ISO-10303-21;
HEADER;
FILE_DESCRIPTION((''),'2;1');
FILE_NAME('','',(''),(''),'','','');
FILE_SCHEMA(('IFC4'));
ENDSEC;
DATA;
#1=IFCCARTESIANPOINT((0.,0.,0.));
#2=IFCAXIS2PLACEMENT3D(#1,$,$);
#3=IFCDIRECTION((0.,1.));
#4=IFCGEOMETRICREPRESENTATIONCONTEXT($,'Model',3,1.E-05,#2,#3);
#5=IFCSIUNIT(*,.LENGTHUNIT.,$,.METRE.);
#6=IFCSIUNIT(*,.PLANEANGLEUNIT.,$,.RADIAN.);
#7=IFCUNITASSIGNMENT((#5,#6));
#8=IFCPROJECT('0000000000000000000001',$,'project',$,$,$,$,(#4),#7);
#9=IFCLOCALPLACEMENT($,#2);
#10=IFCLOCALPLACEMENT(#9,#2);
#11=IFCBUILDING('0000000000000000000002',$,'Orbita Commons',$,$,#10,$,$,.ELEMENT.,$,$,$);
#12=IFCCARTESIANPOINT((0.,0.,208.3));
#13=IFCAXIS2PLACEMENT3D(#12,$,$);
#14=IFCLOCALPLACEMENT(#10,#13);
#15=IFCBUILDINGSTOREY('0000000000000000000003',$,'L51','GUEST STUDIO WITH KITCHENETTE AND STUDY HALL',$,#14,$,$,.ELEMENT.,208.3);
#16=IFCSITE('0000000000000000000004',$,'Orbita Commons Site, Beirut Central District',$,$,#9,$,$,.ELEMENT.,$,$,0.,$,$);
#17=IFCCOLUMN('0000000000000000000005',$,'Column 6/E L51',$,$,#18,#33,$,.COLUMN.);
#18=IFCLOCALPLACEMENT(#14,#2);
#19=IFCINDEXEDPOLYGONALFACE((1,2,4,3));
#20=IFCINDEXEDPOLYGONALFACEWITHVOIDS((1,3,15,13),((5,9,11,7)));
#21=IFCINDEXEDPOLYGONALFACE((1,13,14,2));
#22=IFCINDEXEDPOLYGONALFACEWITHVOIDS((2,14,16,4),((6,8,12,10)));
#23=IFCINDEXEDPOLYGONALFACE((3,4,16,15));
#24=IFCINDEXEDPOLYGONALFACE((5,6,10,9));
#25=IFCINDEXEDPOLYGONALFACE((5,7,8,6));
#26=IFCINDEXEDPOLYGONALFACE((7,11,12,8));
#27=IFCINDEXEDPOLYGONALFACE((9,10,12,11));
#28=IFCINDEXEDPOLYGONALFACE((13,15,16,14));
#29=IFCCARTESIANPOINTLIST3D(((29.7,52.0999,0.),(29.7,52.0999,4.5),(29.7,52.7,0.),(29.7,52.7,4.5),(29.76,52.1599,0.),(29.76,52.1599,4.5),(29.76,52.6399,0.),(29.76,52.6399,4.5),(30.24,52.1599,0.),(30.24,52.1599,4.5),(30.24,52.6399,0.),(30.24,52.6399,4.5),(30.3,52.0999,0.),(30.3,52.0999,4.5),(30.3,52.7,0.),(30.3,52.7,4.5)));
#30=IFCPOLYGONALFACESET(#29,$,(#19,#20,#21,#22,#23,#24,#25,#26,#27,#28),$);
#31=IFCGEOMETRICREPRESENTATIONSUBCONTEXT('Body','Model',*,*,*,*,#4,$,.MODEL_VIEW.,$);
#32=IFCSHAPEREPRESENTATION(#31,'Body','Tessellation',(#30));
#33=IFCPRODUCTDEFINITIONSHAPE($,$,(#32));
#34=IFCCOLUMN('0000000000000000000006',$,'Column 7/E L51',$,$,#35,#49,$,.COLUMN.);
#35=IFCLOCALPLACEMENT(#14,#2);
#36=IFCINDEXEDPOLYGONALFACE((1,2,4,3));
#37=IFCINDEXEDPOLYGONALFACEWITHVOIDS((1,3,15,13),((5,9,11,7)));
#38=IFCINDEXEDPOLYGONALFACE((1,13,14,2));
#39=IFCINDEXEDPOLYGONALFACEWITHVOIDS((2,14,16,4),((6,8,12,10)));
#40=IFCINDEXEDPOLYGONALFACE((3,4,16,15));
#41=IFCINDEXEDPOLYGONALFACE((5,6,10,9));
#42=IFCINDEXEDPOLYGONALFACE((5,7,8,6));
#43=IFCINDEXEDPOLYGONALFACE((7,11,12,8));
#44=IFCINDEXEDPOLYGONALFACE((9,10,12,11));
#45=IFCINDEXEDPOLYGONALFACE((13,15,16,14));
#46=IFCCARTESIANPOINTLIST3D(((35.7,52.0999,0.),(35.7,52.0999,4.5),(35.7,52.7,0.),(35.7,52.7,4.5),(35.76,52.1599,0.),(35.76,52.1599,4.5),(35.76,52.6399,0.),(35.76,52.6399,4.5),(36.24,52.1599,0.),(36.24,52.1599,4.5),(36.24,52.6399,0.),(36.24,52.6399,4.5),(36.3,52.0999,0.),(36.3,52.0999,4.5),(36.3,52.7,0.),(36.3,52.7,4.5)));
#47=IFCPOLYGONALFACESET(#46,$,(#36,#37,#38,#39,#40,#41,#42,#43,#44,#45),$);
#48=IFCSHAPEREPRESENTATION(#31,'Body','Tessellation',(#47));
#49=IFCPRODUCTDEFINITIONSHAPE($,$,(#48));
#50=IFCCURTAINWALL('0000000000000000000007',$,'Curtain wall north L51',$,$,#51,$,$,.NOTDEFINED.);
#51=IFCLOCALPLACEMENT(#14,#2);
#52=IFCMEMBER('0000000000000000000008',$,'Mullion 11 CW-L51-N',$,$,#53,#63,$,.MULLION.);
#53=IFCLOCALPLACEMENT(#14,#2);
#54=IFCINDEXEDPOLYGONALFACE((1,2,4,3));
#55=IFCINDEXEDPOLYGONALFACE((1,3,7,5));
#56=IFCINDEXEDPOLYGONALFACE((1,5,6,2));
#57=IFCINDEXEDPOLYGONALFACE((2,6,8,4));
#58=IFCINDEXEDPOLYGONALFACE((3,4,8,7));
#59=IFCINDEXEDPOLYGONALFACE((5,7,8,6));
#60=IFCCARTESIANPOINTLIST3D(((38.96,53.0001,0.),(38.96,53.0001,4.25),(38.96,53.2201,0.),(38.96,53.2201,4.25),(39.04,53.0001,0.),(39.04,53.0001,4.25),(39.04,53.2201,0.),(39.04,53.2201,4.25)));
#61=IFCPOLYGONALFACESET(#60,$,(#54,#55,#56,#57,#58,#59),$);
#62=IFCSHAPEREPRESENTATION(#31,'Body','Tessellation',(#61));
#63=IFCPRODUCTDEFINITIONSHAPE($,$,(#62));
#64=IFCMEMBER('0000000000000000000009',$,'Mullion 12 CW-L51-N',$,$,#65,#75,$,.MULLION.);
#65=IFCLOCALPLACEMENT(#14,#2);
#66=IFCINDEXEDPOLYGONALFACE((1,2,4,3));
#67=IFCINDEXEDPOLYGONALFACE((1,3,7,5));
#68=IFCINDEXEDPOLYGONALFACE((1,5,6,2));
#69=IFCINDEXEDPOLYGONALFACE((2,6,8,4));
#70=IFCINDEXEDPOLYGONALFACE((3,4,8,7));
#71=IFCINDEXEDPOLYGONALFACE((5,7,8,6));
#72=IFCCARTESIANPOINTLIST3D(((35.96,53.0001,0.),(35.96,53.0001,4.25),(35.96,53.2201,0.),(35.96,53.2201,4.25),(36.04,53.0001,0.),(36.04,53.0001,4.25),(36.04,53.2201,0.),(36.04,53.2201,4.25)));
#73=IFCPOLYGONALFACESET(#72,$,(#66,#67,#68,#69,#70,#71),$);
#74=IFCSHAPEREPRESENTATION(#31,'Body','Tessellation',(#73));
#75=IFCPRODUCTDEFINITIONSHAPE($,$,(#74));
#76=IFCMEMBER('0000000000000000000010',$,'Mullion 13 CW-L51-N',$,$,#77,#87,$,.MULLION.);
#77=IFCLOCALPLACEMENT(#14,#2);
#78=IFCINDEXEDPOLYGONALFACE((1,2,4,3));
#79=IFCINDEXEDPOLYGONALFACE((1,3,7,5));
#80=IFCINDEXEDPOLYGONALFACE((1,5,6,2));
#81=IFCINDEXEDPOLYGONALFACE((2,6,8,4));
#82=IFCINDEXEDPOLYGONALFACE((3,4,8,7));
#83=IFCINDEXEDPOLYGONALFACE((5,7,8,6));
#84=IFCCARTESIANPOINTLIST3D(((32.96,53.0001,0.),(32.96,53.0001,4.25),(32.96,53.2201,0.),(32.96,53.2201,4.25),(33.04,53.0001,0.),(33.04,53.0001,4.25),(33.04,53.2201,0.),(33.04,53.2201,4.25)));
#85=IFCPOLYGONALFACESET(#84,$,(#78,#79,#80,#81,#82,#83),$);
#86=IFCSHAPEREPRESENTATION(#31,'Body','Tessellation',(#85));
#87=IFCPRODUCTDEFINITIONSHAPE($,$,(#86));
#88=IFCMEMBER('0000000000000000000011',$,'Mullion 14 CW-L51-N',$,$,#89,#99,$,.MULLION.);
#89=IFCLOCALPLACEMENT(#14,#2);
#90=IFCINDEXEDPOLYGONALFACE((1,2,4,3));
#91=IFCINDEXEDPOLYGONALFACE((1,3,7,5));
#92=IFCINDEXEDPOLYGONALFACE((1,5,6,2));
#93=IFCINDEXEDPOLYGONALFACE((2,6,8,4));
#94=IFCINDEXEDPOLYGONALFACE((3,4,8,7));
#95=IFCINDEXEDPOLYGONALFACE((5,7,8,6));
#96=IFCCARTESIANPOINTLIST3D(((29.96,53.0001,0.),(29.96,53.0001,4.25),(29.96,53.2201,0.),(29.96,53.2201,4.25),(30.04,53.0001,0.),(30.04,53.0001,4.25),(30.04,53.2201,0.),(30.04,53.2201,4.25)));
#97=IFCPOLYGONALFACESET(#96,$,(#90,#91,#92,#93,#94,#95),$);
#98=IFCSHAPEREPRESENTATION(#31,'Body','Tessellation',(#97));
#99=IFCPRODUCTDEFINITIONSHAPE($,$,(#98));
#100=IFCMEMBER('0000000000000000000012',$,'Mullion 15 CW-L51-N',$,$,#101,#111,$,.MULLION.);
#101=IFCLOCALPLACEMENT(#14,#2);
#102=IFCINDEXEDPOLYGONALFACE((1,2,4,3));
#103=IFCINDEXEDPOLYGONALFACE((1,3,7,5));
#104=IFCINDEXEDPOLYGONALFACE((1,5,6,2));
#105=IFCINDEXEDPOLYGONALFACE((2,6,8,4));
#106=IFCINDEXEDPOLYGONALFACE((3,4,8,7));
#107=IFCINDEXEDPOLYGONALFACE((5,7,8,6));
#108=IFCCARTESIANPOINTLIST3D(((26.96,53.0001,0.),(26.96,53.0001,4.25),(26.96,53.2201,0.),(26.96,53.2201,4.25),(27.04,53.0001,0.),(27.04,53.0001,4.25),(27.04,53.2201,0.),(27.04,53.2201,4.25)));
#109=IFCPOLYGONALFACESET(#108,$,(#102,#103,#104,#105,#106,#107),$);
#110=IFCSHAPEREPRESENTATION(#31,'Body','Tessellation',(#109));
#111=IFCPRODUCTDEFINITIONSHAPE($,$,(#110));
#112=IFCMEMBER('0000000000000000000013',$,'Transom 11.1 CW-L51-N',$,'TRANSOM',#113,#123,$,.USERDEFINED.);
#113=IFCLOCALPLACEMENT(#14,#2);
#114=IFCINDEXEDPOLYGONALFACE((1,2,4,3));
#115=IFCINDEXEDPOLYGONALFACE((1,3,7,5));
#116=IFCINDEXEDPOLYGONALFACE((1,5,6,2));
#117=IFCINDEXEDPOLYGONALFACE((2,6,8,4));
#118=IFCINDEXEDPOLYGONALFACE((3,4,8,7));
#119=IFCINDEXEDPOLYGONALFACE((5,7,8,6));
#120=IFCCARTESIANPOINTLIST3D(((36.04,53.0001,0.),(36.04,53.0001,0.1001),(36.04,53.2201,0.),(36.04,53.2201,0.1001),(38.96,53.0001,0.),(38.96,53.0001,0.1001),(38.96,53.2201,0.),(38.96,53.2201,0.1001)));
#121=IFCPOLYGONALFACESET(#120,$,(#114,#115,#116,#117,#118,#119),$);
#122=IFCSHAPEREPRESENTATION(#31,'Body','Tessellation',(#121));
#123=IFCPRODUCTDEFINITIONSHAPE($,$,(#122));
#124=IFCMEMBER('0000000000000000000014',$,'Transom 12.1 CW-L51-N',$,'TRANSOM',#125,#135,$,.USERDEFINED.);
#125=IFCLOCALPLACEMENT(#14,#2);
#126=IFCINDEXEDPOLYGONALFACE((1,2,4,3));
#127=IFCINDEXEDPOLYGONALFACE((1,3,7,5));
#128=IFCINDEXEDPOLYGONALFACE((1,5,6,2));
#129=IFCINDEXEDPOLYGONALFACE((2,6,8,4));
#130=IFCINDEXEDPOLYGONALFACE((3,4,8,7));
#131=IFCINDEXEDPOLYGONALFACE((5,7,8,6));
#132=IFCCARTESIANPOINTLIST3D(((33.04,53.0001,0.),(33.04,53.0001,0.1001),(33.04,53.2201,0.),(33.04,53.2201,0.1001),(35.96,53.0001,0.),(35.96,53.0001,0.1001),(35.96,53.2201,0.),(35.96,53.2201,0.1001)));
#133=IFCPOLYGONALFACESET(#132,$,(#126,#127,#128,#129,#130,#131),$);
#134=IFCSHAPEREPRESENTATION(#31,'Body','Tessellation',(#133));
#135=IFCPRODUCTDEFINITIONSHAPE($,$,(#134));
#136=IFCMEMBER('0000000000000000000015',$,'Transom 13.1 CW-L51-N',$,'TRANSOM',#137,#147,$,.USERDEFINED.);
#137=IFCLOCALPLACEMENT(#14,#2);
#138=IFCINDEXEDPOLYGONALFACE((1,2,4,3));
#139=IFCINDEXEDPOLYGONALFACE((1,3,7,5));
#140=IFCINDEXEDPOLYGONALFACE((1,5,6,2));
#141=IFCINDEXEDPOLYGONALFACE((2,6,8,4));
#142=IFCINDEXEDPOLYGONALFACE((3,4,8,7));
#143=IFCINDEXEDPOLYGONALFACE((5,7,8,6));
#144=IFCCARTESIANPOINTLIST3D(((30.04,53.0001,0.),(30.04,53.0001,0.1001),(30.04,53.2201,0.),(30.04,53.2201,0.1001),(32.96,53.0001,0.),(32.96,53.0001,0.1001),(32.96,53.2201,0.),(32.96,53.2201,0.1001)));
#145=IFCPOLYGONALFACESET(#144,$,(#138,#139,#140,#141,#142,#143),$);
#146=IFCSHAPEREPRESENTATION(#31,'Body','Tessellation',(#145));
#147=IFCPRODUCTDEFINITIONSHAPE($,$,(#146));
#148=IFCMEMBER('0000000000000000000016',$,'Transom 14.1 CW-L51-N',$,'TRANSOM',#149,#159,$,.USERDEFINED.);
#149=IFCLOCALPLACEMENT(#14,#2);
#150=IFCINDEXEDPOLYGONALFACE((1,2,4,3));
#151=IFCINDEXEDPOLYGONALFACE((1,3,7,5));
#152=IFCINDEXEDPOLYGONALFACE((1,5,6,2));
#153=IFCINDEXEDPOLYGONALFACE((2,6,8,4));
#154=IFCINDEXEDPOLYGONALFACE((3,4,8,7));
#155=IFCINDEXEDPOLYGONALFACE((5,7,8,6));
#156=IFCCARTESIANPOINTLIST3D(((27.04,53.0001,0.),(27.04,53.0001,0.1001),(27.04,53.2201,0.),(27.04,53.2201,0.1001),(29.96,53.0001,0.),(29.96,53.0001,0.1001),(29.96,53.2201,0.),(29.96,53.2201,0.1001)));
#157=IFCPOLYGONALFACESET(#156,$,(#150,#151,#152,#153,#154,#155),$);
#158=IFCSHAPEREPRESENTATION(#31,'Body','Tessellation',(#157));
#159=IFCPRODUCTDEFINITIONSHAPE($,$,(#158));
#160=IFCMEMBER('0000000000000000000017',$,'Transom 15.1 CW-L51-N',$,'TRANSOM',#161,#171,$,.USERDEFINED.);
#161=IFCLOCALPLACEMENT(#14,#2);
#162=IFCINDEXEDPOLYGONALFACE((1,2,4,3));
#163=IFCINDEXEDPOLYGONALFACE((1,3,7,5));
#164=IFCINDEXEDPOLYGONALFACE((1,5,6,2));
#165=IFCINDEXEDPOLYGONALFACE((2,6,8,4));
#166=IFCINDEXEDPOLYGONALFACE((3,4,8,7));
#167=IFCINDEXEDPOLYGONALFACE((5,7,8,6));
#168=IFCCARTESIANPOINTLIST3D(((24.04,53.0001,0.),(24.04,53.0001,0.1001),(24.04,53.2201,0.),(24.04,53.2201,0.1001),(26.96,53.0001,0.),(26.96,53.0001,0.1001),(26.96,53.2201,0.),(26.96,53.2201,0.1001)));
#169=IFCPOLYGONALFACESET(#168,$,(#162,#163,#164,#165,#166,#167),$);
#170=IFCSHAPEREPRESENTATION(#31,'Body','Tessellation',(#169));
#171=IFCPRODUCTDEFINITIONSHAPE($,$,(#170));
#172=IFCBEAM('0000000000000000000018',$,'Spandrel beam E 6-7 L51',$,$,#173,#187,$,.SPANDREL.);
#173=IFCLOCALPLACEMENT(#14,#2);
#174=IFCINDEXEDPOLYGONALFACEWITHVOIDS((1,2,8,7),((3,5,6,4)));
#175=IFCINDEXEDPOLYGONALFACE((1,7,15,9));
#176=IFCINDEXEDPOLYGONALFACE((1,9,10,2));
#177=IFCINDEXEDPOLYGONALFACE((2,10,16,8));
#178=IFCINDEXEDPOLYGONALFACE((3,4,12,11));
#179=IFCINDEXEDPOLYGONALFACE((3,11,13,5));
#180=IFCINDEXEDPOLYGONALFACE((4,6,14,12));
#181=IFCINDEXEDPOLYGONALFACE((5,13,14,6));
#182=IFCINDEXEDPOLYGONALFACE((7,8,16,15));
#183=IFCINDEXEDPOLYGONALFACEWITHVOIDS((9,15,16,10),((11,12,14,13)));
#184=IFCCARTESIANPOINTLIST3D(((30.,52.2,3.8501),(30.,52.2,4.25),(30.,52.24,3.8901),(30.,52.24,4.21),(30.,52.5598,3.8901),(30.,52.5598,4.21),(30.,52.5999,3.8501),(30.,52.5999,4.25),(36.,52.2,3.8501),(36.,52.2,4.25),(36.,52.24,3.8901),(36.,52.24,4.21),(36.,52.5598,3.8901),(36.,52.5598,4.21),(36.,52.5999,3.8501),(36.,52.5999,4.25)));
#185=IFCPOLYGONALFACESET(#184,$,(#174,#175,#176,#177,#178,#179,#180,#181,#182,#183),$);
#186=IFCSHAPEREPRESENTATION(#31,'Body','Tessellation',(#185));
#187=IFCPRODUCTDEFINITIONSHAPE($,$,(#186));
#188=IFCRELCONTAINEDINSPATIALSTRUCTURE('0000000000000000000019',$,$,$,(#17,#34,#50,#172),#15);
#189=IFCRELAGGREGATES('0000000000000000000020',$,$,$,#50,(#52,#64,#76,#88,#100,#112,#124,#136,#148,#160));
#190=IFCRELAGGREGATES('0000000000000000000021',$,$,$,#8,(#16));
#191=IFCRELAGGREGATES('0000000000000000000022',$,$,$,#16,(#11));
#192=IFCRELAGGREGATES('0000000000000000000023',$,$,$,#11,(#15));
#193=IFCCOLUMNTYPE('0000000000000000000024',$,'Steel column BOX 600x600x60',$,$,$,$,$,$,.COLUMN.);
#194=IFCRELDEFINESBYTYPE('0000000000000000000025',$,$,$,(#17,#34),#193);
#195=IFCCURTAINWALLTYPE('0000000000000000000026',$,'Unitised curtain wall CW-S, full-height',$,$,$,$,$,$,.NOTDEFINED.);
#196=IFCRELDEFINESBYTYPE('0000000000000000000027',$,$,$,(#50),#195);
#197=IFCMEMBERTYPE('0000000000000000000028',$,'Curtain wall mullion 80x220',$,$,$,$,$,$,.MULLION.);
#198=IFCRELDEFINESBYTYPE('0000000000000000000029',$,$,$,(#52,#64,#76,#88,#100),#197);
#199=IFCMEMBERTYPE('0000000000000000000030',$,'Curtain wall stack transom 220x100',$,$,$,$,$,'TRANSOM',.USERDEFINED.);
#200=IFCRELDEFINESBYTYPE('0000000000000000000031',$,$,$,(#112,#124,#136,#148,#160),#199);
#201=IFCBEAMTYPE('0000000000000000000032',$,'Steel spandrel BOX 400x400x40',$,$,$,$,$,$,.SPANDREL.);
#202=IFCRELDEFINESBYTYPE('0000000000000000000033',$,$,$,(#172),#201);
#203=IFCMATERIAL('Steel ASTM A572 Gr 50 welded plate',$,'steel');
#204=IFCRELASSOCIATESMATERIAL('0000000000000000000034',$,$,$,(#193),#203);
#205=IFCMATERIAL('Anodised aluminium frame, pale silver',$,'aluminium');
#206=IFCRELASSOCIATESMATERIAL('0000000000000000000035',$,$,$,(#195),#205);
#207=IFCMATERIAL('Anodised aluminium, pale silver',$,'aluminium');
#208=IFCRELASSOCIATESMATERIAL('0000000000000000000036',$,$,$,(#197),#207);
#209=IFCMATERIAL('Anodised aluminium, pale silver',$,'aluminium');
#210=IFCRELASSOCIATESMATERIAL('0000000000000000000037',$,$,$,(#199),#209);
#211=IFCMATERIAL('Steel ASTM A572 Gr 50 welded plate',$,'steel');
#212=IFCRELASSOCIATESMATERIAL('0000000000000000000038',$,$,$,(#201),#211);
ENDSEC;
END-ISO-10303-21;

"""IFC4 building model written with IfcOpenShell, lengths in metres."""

from ifc_helpers import new_model, si_unit, direction, frame, origin, origin_2d, place, context, subcontext, project, spatial, rectangle, hollow_rectangle, extrude, material, material_profile, profile_set, type_object, element, aggregate, save


model = new_model("IFC4")

# Units and contexts
model_context = context("Model", 3, precision=1e-05, world=origin(), true_north=direction((0.0, 1.0)))
body_context = subcontext(model_context, "Body", "Model", "MODEL_VIEW")
ifc_project = project(units=[si_unit("LENGTHUNIT", "METRE"), si_unit("PLANEANGLEUNIT", "RADIAN")], contexts=[model_context])

# Site, building, storey
site_placement = place(None, origin())
site = spatial("IfcSite", under=ifc_project, at=site_placement, Name="Orbita Commons Site, Beirut Central District", CompositionType="ELEMENT", RefElevation=0.0)
building_placement = place(site_placement, origin())
building = spatial("IfcBuilding", under=site, at=building_placement, Name="Orbita Commons", CompositionType="ELEMENT")
storey_placement = place(building_placement, frame((0.0, 0.0, 208.3)))
storey = spatial("IfcBuildingStorey", under=building, at=storey_placement, Name="L51", Description="GUEST STUDIO WITH KITCHENETTE AND STUDY HALL", CompositionType="ELEMENT", Elevation=208.3)

# Columns
ifc_material_1 = material(Name="Steel ASTM A572 Gr 50 welded plate", Category="steel")
ifc_material_profile_1 = material_profile(ifc_material_1, hollow_rectangle(XDim=0.6001, YDim=0.6001, WallThickness=0.0601, at=origin_2d()), Name="BOX 600x600x60")
ifc_profile_set_1 = profile_set([ifc_material_profile_1], Name="Steel ASTM A572 Gr 50 welded plate")
column_type = type_object("IfcColumnType", Name="Steel column BOX 600x600x60", PredefinedType="COLUMN", material=ifc_profile_set_1)
for number, where, z_axis, x_axis, name in (
    (1, (30.0, 52.3999, 0.0), (0.0, 0.0, 1.0), (1.0, 0.0, 0.0), "Column 6/E L51"),
    (2, (36.0, 52.3999, 0.0), (0.0, 0.0, 1.0), (1.0, 0.0, 0.0), "Column 7/E L51"),
):
    element("IfcColumn", number, at=place(storey_placement, frame(where, z_axis=z_axis, x_axis=x_axis)), inside=storey, type_object=column_type, Name=name, PredefinedType="COLUMN", context=body_context, shape_type="SweptSolid", body=[
        extrude(hollow_rectangle(XDim=0.6001, YDim=0.6001, WallThickness=0.0601, at=origin_2d()), origin(), (0.0, 0.0, 1.0), 4.5),
    ])

# Curtain wall, members
ifc_material_2 = material(Name="Anodised aluminium frame, pale silver", Category="aluminium")
curtain_wall_type = type_object("IfcCurtainWallType", Name="Unitised curtain wall CW-S, full-height", PredefinedType="NOTDEFINED", material=ifc_material_2)
curtain_wall_placement = place(storey_placement, origin())
curtain_wall = element("IfcCurtainWall", 3, at=curtain_wall_placement, inside=storey, type_object=curtain_wall_type, Name="Curtain wall north L51", PredefinedType="NOTDEFINED")
ifc_material_3 = material(Name="Anodised aluminium, pale silver", Category="aluminium")
ifc_material_profile_2 = material_profile(ifc_material_3, rectangle(XDim=0.0801, YDim=0.22, at=origin_2d()), Name="AL 80x220")
ifc_profile_set_2 = profile_set([ifc_material_profile_2], Name="Anodised aluminium, pale silver")
member_type_1 = type_object("IfcMemberType", Name="Curtain wall mullion 80x220", PredefinedType="MULLION", material=ifc_profile_set_2)
member_1_placement = place(storey_placement, frame((39.0, 53.1101, 0.0), z_axis=(0.0, 0.0, 1.0), x_axis=(-1.0, 0.0, 0.0)))
member_1 = element("IfcMember", 4, at=member_1_placement, type_object=member_type_1, Name="Mullion 11 CW-L51-N", PredefinedType="MULLION", context=body_context, shape_type="SweptSolid", body=[
    extrude(rectangle(XDim=0.0801, YDim=0.22, at=origin_2d()), origin(), (0.0, 0.0, 1.0), 4.25),
])
member_2_placement = place(storey_placement, frame((36.0, 53.1101, 0.0), z_axis=(0.0, 0.0, 1.0), x_axis=(-1.0, 0.0, 0.0)))
member_2 = element("IfcMember", 5, at=member_2_placement, type_object=member_type_1, Name="Mullion 12 CW-L51-N", PredefinedType="MULLION", context=body_context, shape_type="SweptSolid", body=[
    extrude(rectangle(XDim=0.0801, YDim=0.22, at=origin_2d()), origin(), (0.0, 0.0, 1.0), 4.25),
])
member_3_placement = place(storey_placement, frame((33.0, 53.1101, 0.0), z_axis=(0.0, 0.0, 1.0), x_axis=(-1.0, 0.0, 0.0)))
member_3 = element("IfcMember", 6, at=member_3_placement, type_object=member_type_1, Name="Mullion 13 CW-L51-N", PredefinedType="MULLION", context=body_context, shape_type="SweptSolid", body=[
    extrude(rectangle(XDim=0.0801, YDim=0.22, at=origin_2d()), origin(), (0.0, 0.0, 1.0), 4.25),
])
member_4_placement = place(storey_placement, frame((30.0, 53.1101, 0.0), z_axis=(0.0, 0.0, 1.0), x_axis=(-1.0, 0.0, 0.0)))
member_4 = element("IfcMember", 7, at=member_4_placement, type_object=member_type_1, Name="Mullion 14 CW-L51-N", PredefinedType="MULLION", context=body_context, shape_type="SweptSolid", body=[
    extrude(rectangle(XDim=0.0801, YDim=0.22, at=origin_2d()), origin(), (0.0, 0.0, 1.0), 4.25),
])
member_5_placement = place(storey_placement, frame((27.0, 53.1101, 0.0), z_axis=(0.0, 0.0, 1.0), x_axis=(-1.0, 0.0, 0.0)))
member_5 = element("IfcMember", 8, at=member_5_placement, type_object=member_type_1, Name="Mullion 15 CW-L51-N", PredefinedType="MULLION", context=body_context, shape_type="SweptSolid", body=[
    extrude(rectangle(XDim=0.0801, YDim=0.22, at=origin_2d()), origin(), (0.0, 0.0, 1.0), 4.25),
])
ifc_material_4 = material(Name="Anodised aluminium, pale silver", Category="aluminium")
ifc_material_profile_3 = material_profile(ifc_material_4, rectangle(XDim=0.22, YDim=0.1001, at=origin_2d()), Name="AL 220x100")
ifc_profile_set_3 = profile_set([ifc_material_profile_3], Name="Anodised aluminium, pale silver")
member_type_2 = type_object("IfcMemberType", Name="Curtain wall stack transom 220x100", ElementType="TRANSOM", PredefinedType="USERDEFINED", material=ifc_profile_set_3)
member_6_placement = place(storey_placement, frame((38.96, 53.1101, 0.05), z_axis=(-1.0, 0.0, 0.0), x_axis=(0.0, -1.0, 0.0)))
member_6 = element("IfcMember", 9, at=member_6_placement, type_object=member_type_2, Name="Transom 11.1 CW-L51-N", ObjectType="TRANSOM", PredefinedType="USERDEFINED", context=body_context, shape_type="SweptSolid", body=[
    extrude(rectangle(XDim=0.22, YDim=0.1001, at=origin_2d()), origin(), (0.0, 0.0, 1.0), 2.9199),
])
member_7_placement = place(storey_placement, frame((35.96, 53.1101, 0.05), z_axis=(-1.0, 0.0, 0.0), x_axis=(0.0, -1.0, 0.0)))
member_7 = element("IfcMember", 10, at=member_7_placement, type_object=member_type_2, Name="Transom 12.1 CW-L51-N", ObjectType="TRANSOM", PredefinedType="USERDEFINED", context=body_context, shape_type="SweptSolid", body=[
    extrude(rectangle(XDim=0.22, YDim=0.1001, at=origin_2d()), origin(), (0.0, 0.0, 1.0), 2.9199),
])
member_8_placement = place(storey_placement, frame((32.96, 53.1101, 0.05), z_axis=(-1.0, 0.0, 0.0), x_axis=(0.0, -1.0, 0.0)))
member_8 = element("IfcMember", 11, at=member_8_placement, type_object=member_type_2, Name="Transom 13.1 CW-L51-N", ObjectType="TRANSOM", PredefinedType="USERDEFINED", context=body_context, shape_type="SweptSolid", body=[
    extrude(rectangle(XDim=0.22, YDim=0.1001, at=origin_2d()), origin(), (0.0, 0.0, 1.0), 2.9199),
])
member_9_placement = place(storey_placement, frame((29.96, 53.1101, 0.05), z_axis=(-1.0, 0.0, 0.0), x_axis=(0.0, -1.0, 0.0)))
member_9 = element("IfcMember", 12, at=member_9_placement, type_object=member_type_2, Name="Transom 14.1 CW-L51-N", ObjectType="TRANSOM", PredefinedType="USERDEFINED", context=body_context, shape_type="SweptSolid", body=[
    extrude(rectangle(XDim=0.22, YDim=0.1001, at=origin_2d()), origin(), (0.0, 0.0, 1.0), 2.9199),
])
member_10_placement = place(storey_placement, frame((26.96, 53.1101, 0.05), z_axis=(-1.0, 0.0, 0.0), x_axis=(0.0, -1.0, 0.0)))
member_10 = element("IfcMember", 13, at=member_10_placement, type_object=member_type_2, Name="Transom 15.1 CW-L51-N", ObjectType="TRANSOM", PredefinedType="USERDEFINED", context=body_context, shape_type="SweptSolid", body=[
    extrude(rectangle(XDim=0.22, YDim=0.1001, at=origin_2d()), origin(), (0.0, 0.0, 1.0), 2.9199),
])

# Beam
ifc_material_5 = material(Name="Steel ASTM A572 Gr 50 welded plate", Category="steel")
ifc_material_profile_4 = material_profile(ifc_material_5, hollow_rectangle(XDim=0.3999, YDim=0.3999, WallThickness=0.04, at=origin_2d()), Name="BOX 400x400x40")
ifc_profile_set_4 = profile_set([ifc_material_profile_4], Name="Steel ASTM A572 Gr 50 welded plate")
beam_type = type_object("IfcBeamType", Name="Steel spandrel BOX 400x400x40", PredefinedType="SPANDREL", material=ifc_profile_set_4)
for number, where, z_axis, x_axis, name in (
    (14, (30.0, 52.3999, 4.05), (1.0, 0.0, 0.0), (0.0, 1.0, 0.0), "Spandrel beam E 6-7 L51"),
):
    element("IfcBeam", number, at=place(storey_placement, frame(where, z_axis=z_axis, x_axis=x_axis)), inside=storey, type_object=beam_type, Name=name, PredefinedType="SPANDREL", context=body_context, shape_type="SweptSolid", body=[
        extrude(hollow_rectangle(XDim=0.3999, YDim=0.3999, WallThickness=0.04, at=origin_2d()), origin(), (0.0, 0.0, 1.0), 6.0),
    ])

aggregate(curtain_wall, [member_1, member_2, member_3, member_4, member_5, member_6, member_7, member_8, member_9, member_10])

save(model, "model.ifc")
